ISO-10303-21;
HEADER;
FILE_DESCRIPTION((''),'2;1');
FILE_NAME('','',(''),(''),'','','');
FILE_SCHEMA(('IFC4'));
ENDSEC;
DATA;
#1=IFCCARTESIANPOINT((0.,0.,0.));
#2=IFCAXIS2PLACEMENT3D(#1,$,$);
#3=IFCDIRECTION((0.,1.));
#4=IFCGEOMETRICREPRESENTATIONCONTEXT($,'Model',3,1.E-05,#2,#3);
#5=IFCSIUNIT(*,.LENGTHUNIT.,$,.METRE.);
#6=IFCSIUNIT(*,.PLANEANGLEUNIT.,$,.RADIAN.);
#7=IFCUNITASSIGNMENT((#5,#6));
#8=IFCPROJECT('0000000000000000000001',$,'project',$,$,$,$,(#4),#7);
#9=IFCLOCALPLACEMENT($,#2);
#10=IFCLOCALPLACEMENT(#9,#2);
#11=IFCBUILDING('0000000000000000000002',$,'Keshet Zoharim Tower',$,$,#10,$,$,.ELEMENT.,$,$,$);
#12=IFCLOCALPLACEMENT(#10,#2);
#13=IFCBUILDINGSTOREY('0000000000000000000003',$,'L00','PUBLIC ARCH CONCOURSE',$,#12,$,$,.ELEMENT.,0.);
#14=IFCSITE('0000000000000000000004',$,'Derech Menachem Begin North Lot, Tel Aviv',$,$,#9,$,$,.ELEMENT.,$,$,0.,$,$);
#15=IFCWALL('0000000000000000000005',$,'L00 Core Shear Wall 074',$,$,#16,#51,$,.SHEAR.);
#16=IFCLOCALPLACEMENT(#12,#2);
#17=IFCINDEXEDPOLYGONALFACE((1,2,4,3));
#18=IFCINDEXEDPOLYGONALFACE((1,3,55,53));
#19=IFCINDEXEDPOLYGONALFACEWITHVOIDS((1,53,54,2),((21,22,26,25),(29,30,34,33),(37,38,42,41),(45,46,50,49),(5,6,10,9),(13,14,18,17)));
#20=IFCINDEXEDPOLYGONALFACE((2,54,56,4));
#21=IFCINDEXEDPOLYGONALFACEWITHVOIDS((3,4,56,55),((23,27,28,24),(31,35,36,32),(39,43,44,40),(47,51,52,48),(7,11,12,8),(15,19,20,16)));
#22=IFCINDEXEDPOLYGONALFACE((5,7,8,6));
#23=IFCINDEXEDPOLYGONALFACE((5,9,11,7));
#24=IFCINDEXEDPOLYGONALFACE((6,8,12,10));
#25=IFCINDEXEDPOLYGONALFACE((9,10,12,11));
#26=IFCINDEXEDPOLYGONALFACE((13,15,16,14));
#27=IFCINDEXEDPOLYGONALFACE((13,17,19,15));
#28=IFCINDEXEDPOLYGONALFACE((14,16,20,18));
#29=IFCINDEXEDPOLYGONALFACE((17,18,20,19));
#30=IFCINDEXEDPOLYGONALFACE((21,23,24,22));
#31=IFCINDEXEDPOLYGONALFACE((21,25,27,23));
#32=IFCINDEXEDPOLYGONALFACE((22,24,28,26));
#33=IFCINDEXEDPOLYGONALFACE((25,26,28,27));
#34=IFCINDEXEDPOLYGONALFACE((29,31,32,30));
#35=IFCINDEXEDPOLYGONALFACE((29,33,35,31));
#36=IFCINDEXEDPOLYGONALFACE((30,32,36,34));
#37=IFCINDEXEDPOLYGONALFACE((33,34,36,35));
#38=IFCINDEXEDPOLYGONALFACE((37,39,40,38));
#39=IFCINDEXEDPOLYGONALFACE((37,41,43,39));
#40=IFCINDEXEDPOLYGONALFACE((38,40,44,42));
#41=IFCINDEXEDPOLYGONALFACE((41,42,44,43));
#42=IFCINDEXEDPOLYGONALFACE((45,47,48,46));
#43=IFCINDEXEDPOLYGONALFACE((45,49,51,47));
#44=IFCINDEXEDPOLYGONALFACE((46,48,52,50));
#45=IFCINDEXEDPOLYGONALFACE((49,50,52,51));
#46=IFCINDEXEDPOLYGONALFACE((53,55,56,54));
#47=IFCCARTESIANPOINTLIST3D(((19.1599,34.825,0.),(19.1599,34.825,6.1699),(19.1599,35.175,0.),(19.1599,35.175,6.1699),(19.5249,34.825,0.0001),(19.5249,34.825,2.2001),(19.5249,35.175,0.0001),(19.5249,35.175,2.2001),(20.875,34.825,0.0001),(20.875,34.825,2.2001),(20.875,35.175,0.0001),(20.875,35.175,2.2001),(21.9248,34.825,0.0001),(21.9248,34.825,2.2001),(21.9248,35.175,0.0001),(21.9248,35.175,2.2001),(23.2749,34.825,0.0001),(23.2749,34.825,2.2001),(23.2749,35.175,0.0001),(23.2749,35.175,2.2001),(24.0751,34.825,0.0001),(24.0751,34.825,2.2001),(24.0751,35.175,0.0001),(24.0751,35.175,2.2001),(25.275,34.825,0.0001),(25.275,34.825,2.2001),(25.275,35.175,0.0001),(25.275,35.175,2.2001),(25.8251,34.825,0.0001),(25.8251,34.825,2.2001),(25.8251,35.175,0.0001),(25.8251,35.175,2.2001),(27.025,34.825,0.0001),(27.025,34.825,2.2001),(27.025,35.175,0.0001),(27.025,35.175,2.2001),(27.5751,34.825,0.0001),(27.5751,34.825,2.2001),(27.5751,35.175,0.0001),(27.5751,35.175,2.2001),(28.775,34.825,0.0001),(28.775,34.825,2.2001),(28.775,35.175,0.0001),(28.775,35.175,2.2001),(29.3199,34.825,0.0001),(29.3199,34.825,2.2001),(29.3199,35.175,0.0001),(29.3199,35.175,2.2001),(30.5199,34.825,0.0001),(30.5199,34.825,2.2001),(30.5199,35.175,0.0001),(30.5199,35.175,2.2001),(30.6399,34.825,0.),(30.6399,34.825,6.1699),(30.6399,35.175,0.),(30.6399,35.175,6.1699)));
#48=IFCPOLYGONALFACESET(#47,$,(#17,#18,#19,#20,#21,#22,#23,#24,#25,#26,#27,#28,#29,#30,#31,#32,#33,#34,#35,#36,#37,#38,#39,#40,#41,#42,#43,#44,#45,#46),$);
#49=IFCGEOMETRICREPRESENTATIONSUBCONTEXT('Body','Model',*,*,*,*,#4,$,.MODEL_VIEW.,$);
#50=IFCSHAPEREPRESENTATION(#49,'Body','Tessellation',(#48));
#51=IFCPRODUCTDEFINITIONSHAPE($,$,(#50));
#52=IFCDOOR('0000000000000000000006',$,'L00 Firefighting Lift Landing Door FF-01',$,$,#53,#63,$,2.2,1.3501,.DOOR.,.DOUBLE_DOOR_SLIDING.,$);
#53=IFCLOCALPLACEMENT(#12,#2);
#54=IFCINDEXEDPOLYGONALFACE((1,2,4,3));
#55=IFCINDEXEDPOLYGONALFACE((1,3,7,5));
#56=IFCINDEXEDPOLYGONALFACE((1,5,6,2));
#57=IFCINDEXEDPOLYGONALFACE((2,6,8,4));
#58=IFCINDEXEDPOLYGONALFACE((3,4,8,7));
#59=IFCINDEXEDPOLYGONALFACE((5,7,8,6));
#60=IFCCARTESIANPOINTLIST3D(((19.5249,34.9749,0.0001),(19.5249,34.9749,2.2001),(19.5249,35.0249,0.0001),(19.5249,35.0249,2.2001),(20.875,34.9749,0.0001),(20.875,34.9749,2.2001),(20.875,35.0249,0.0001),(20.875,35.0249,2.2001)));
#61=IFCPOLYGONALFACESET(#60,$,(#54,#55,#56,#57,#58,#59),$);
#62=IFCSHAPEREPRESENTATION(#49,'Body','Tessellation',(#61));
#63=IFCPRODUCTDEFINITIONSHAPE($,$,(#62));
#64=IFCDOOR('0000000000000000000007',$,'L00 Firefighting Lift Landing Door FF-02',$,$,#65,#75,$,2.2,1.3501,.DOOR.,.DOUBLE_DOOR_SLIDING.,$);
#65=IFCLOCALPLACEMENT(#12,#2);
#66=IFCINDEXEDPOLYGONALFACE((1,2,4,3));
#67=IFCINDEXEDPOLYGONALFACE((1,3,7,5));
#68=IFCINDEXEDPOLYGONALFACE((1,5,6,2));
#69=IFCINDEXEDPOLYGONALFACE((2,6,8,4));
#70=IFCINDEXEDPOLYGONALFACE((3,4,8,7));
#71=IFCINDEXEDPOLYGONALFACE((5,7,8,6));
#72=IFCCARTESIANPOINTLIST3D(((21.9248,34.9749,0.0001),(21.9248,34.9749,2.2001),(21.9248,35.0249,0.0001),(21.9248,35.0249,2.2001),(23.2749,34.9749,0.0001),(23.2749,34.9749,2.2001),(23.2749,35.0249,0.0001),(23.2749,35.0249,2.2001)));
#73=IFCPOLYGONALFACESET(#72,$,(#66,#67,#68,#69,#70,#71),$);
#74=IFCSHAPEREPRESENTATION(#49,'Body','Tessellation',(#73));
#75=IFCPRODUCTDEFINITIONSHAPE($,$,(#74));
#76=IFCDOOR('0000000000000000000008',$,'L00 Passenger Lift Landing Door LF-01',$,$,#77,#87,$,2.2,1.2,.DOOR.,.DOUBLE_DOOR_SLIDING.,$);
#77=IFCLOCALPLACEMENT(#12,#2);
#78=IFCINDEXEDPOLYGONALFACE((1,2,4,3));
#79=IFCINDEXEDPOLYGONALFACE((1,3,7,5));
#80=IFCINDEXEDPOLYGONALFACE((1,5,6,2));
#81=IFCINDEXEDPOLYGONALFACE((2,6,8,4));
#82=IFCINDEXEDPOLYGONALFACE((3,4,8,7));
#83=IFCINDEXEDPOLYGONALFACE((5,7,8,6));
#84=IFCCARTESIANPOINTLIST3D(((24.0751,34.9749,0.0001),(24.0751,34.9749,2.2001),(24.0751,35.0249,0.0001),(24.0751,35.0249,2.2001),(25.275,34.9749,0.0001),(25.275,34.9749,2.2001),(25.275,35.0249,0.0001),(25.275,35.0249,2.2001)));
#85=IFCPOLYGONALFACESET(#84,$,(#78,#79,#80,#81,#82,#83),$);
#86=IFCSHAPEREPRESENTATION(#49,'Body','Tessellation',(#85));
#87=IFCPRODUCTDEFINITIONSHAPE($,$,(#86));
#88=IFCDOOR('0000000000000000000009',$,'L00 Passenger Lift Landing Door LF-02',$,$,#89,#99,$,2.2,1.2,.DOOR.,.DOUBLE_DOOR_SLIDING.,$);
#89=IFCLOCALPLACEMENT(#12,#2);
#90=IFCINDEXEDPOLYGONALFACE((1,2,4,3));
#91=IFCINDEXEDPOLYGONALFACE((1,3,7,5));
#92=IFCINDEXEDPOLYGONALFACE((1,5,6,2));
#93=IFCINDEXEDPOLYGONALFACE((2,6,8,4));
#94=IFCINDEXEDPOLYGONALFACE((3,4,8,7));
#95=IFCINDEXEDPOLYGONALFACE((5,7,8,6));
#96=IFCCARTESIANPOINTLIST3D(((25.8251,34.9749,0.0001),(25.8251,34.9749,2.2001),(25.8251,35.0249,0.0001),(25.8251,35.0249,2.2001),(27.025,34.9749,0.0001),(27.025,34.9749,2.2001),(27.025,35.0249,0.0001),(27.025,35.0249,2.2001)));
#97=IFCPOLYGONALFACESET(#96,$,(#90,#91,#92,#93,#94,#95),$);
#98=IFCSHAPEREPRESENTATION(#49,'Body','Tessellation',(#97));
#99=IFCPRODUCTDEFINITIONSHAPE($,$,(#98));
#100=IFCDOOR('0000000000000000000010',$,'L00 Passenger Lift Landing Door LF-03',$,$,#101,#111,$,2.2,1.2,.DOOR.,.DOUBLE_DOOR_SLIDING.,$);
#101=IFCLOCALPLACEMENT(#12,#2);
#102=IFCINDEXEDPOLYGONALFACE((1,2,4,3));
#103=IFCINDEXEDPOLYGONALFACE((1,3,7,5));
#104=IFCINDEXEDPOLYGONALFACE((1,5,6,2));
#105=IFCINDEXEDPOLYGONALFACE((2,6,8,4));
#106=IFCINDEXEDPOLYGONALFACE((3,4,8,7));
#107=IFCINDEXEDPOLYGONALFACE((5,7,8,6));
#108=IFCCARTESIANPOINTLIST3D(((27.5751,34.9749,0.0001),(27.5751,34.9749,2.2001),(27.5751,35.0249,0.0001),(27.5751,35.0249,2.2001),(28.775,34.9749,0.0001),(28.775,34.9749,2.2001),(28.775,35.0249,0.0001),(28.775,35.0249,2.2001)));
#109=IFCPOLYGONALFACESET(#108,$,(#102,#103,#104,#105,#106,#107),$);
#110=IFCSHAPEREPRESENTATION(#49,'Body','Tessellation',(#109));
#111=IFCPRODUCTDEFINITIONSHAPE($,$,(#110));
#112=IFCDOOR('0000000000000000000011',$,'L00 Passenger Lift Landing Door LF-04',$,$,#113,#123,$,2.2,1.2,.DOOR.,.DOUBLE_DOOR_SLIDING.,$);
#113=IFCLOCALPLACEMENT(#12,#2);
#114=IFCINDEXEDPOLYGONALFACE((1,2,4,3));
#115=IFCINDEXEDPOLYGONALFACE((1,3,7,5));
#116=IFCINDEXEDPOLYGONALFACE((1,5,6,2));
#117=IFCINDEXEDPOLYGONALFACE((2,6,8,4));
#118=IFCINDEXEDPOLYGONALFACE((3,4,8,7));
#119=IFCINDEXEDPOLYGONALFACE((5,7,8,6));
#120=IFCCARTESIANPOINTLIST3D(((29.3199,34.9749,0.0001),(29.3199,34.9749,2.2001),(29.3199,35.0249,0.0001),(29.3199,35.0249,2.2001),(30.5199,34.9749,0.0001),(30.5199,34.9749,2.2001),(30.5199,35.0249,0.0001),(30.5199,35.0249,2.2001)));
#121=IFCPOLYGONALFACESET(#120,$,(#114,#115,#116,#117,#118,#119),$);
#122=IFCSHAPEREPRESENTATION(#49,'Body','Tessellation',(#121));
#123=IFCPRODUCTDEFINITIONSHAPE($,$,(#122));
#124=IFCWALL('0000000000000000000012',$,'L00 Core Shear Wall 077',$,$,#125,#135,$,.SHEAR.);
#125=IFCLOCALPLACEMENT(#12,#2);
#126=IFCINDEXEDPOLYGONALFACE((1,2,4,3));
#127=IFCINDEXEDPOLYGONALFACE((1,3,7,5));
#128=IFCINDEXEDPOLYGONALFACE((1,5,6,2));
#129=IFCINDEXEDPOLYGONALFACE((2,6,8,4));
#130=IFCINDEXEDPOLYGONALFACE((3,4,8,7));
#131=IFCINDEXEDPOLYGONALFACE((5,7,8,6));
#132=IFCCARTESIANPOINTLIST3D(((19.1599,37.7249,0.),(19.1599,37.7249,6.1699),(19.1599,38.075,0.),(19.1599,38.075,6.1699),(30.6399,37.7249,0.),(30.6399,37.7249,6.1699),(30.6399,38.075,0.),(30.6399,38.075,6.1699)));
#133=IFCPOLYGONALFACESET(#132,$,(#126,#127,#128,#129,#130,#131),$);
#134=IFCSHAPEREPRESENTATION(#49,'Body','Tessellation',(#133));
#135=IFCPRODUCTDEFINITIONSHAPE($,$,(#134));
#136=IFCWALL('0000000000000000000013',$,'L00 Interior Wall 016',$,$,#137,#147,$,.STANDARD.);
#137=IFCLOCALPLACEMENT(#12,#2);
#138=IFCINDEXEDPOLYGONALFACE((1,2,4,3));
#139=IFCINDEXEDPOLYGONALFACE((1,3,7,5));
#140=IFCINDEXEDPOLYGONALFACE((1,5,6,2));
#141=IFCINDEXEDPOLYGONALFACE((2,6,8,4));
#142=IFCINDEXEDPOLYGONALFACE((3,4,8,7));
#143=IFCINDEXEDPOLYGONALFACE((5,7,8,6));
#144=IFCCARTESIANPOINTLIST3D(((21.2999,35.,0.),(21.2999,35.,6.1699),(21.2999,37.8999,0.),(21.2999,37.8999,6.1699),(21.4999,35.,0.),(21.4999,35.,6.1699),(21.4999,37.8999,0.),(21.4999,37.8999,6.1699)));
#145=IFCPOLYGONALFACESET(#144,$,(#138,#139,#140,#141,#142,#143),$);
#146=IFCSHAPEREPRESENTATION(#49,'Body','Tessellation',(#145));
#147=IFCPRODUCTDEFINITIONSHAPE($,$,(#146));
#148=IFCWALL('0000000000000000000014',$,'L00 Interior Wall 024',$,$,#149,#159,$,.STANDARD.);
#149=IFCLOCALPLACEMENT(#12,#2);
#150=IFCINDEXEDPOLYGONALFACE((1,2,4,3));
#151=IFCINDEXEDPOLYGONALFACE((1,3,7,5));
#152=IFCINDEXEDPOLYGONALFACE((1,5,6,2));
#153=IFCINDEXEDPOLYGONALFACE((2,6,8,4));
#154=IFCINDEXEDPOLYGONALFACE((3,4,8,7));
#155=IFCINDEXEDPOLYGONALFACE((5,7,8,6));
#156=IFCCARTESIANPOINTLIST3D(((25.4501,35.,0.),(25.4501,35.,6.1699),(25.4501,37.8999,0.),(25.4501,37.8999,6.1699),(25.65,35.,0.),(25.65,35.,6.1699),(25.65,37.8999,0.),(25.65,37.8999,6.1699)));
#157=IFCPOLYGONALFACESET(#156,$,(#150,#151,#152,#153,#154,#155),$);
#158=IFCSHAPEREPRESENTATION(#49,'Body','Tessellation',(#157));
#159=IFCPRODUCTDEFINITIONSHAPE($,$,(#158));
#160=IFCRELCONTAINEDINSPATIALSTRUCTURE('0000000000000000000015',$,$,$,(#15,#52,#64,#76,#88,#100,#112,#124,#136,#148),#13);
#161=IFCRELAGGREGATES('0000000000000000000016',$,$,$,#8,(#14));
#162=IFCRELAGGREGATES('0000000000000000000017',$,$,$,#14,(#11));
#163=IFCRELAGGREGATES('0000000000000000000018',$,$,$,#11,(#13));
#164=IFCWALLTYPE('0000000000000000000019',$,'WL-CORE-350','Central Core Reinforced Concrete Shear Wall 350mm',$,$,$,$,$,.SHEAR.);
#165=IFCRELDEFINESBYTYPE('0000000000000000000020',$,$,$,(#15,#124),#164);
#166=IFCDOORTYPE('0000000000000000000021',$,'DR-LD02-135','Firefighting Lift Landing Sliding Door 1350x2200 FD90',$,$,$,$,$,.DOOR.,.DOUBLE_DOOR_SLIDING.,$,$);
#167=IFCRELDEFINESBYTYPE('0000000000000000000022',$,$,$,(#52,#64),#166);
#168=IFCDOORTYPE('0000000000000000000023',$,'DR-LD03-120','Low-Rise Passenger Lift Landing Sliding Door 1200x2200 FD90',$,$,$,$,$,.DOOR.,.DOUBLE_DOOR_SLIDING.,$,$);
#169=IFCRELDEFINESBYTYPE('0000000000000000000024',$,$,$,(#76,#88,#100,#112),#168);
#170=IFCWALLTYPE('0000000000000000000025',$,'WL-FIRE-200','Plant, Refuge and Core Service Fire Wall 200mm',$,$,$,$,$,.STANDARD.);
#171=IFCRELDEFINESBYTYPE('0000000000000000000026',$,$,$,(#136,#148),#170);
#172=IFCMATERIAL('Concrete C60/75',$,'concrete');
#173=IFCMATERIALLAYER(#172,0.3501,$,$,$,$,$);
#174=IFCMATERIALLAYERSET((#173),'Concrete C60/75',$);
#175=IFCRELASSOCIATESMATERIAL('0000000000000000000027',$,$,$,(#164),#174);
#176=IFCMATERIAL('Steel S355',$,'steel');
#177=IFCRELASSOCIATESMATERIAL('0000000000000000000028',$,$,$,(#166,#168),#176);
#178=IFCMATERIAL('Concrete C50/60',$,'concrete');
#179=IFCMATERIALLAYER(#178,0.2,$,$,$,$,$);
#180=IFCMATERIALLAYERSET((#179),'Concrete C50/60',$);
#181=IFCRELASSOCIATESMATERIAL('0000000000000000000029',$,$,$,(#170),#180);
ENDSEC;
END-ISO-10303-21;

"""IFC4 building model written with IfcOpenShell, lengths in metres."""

from ifc_helpers import new_model, si_unit, direction, frame, frame_2d, origin, place, context, subcontext, project, spatial, rectangle, extrude, material, layer, layer_set, type_object, element, fill, save


model = new_model("IFC4")

# Units and contexts
model_context = context("Model", 3, precision=1e-05, world=origin(), true_north=direction((0.0, 1.0)))
body_context = subcontext(model_context, "Body", "Model", "MODEL_VIEW")
ifc_project = project(units=[si_unit("LENGTHUNIT", "METRE"), si_unit("PLANEANGLEUNIT", "RADIAN")], contexts=[model_context])

# Site, building, storey
site_placement = place(None, origin())
site = spatial("IfcSite", under=ifc_project, at=site_placement, Name="Derech Menachem Begin North Lot, Tel Aviv", CompositionType="ELEMENT", RefElevation=0.0)
building_placement = place(site_placement, origin())
building = spatial("IfcBuilding", under=site, at=building_placement, Name="Keshet Zoharim Tower", CompositionType="ELEMENT")
storey_placement = place(building_placement, origin())
storey = spatial("IfcBuildingStorey", under=building, at=storey_placement, Name="L00", Description="PUBLIC ARCH CONCOURSE", CompositionType="ELEMENT", Elevation=0.0)

# Shared definitions
ifc_material_1 = material(Name="Concrete C60/75", Category="concrete")

# Shared definitions
ifc_material_2 = material(Name="Steel S355", Category="steel")

# Shared definitions
ifc_layer_1 = layer(ifc_material_1, 0.3501)
ifc_layer_set_1 = layer_set([ifc_layer_1], Name="Concrete C60/75")
wall_type_1 = type_object("IfcWallType", Name="WL-CORE-350", Description="Central Core Reinforced Concrete Shear Wall 350mm", PredefinedType="SHEAR", material=ifc_layer_set_1)

# Wall, openings, doors
wall_1_placement = place(storey_placement, frame((19.1599, 35.0, 0.0), z_axis=(0.0, 0.0, 1.0), x_axis=(1.0, 0.0, 0.0)))
wall_1 = element("IfcWall", 1, at=wall_1_placement, inside=storey, type_object=wall_type_1, Name="L00 Core Shear Wall 074", PredefinedType="SHEAR", context=body_context, shape_type="SweptSolid", body=[
    extrude(rectangle(XDim=11.48, YDim=0.3501, at=frame_2d((5.74, 0.0))), origin(), (0.0, 0.0, 1.0), 6.1699),
])
opening_1_placement = place(wall_1_placement, frame((0.365, 0.0, 0.0)))
opening_1 = element("IfcOpeningElement", 2, at=opening_1_placement, cuts=wall_1, PredefinedType="OPENING", context=body_context, shape_type="SweptSolid", body=[
    extrude(rectangle(XDim=1.3501, YDim=2.2, at=frame_2d((0.675, 1.1001))), frame((0.0, 0.1851, 0.0), z_axis=(0.0, -1.0, 0.0), x_axis=(1.0, 0.0, 0.0)), (0.0, 0.0, 1.0), 0.3701),
])
opening_2_placement = place(wall_1_placement, frame((2.7649, 0.0, 0.0)))
opening_2 = element("IfcOpeningElement", 3, at=opening_2_placement, cuts=wall_1, PredefinedType="OPENING", context=body_context, shape_type="SweptSolid", body=[
    extrude(rectangle(XDim=1.3501, YDim=2.2, at=frame_2d((0.675, 1.1001))), frame((0.0, 0.1851, 0.0), z_axis=(0.0, -1.0, 0.0), x_axis=(1.0, 0.0, 0.0)), (0.0, 0.0, 1.0), 0.3701),
])
opening_3_placement = place(wall_1_placement, frame((4.915, 0.0, 0.0)))
opening_3 = element("IfcOpeningElement", 4, at=opening_3_placement, cuts=wall_1, PredefinedType="OPENING", context=body_context, shape_type="SweptSolid", body=[
    extrude(rectangle(XDim=1.2, YDim=2.2, at=frame_2d((0.6001, 1.1001))), frame((0.0, 0.1851, 0.0), z_axis=(0.0, -1.0, 0.0), x_axis=(1.0, 0.0, 0.0)), (0.0, 0.0, 1.0), 0.3701),
])
opening_4_placement = place(wall_1_placement, frame((6.665, 0.0, 0.0)))
opening_4 = element("IfcOpeningElement", 5, at=opening_4_placement, cuts=wall_1, PredefinedType="OPENING", context=body_context, shape_type="SweptSolid", body=[
    extrude(rectangle(XDim=1.2, YDim=2.2, at=frame_2d((0.6001, 1.1001))), frame((0.0, 0.1851, 0.0), z_axis=(0.0, -1.0, 0.0), x_axis=(1.0, 0.0, 0.0)), (0.0, 0.0, 1.0), 0.3701),
])
opening_5_placement = place(wall_1_placement, frame((8.415, 0.0, 0.0)))
opening_5 = element("IfcOpeningElement", 6, at=opening_5_placement, cuts=wall_1, PredefinedType="OPENING", context=body_context, shape_type="SweptSolid", body=[
    extrude(rectangle(XDim=1.2, YDim=2.2, at=frame_2d((0.6001, 1.1001))), frame((0.0, 0.1851, 0.0), z_axis=(0.0, -1.0, 0.0), x_axis=(1.0, 0.0, 0.0)), (0.0, 0.0, 1.0), 0.3701),
])
opening_6_placement = place(wall_1_placement, frame((10.1599, 0.0, 0.0)))
opening_6 = element("IfcOpeningElement", 7, at=opening_6_placement, cuts=wall_1, PredefinedType="OPENING", context=body_context, shape_type="SweptSolid", body=[
    extrude(rectangle(XDim=1.2, YDim=2.2, at=frame_2d((0.6001, 1.1001))), frame((0.0, 0.1851, 0.0), z_axis=(0.0, -1.0, 0.0), x_axis=(1.0, 0.0, 0.0)), (0.0, 0.0, 1.0), 0.3701),
])
door_type_1 = type_object("IfcDoorType", Name="DR-LD02-135", Description="Firefighting Lift Landing Sliding Door 1350x2200 FD90", OperationType="DOUBLE_DOOR_SLIDING", PredefinedType="DOOR", material=ifc_material_2)
door_1_placement = place(opening_1_placement, origin())
door_1 = element("IfcDoor", 8, at=door_1_placement, inside=storey, type_object=door_type_1, Name="L00 Firefighting Lift Landing Door FF-01", OperationType="DOUBLE_DOOR_SLIDING", OverallHeight=2.2, OverallWidth=1.3501, PredefinedType="DOOR", context=body_context, shape_type="SweptSolid", body=[
    extrude(rectangle(XDim=1.3501, YDim=2.2, at=frame_2d((0.675, 1.1001))), frame((0.0, 0.0249, 0.0), z_axis=(0.0, -1.0, 0.0), x_axis=(1.0, 0.0, 0.0)), (0.0, 0.0, 1.0), 0.05),
])
fill(opening_1, door_1)
door_2_placement = place(opening_2_placement, origin())
door_2 = element("IfcDoor", 9, at=door_2_placement, inside=storey, type_object=door_type_1, Name="L00 Firefighting Lift Landing Door FF-02", OperationType="DOUBLE_DOOR_SLIDING", OverallHeight=2.2, OverallWidth=1.3501, PredefinedType="DOOR", context=body_context, shape_type="SweptSolid", body=[
    extrude(rectangle(XDim=1.3501, YDim=2.2, at=frame_2d((0.675, 1.1001))), frame((0.0, 0.0249, 0.0), z_axis=(0.0, -1.0, 0.0), x_axis=(1.0, 0.0, 0.0)), (0.0, 0.0, 1.0), 0.05),
])
fill(opening_2, door_2)
door_type_2 = type_object("IfcDoorType", Name="DR-LD03-120", Description="Low-Rise Passenger Lift Landing Sliding Door 1200x2200 FD90", OperationType="DOUBLE_DOOR_SLIDING", PredefinedType="DOOR", material=ifc_material_2)
door_3_placement = place(opening_3_placement, origin())
door_3 = element("IfcDoor", 10, at=door_3_placement, inside=storey, type_object=door_type_2, Name="L00 Passenger Lift Landing Door LF-01", OperationType="DOUBLE_DOOR_SLIDING", OverallHeight=2.2, OverallWidth=1.2, PredefinedType="DOOR", context=body_context, shape_type="SweptSolid", body=[
    extrude(rectangle(XDim=1.2, YDim=2.2, at=frame_2d((0.6001, 1.1001))), frame((0.0, 0.0249, 0.0), z_axis=(0.0, -1.0, 0.0), x_axis=(1.0, 0.0, 0.0)), (0.0, 0.0, 1.0), 0.05),
])
fill(opening_3, door_3)
door_4_placement = place(opening_4_placement, origin())
door_4 = element("IfcDoor", 11, at=door_4_placement, inside=storey, type_object=door_type_2, Name="L00 Passenger Lift Landing Door LF-02", OperationType="DOUBLE_DOOR_SLIDING", OverallHeight=2.2, OverallWidth=1.2, PredefinedType="DOOR", context=body_context, shape_type="SweptSolid", body=[
    extrude(rectangle(XDim=1.2, YDim=2.2, at=frame_2d((0.6001, 1.1001))), frame((0.0, 0.0249, 0.0), z_axis=(0.0, -1.0, 0.0), x_axis=(1.0, 0.0, 0.0)), (0.0, 0.0, 1.0), 0.05),
])
fill(opening_4, door_4)
door_5_placement = place(opening_5_placement, origin())
door_5 = element("IfcDoor", 12, at=door_5_placement, inside=storey, type_object=door_type_2, Name="L00 Passenger Lift Landing Door LF-03", OperationType="DOUBLE_DOOR_SLIDING", OverallHeight=2.2, OverallWidth=1.2, PredefinedType="DOOR", context=body_context, shape_type="SweptSolid", body=[
    extrude(rectangle(XDim=1.2, YDim=2.2, at=frame_2d((0.6001, 1.1001))), frame((0.0, 0.0249, 0.0), z_axis=(0.0, -1.0, 0.0), x_axis=(1.0, 0.0, 0.0)), (0.0, 0.0, 1.0), 0.05),
])
fill(opening_5, door_5)
door_6_placement = place(opening_6_placement, origin())
door_6 = element("IfcDoor", 13, at=door_6_placement, inside=storey, type_object=door_type_2, Name="L00 Passenger Lift Landing Door LF-04", OperationType="DOUBLE_DOOR_SLIDING", OverallHeight=2.2, OverallWidth=1.2, PredefinedType="DOOR", context=body_context, shape_type="SweptSolid", body=[
    extrude(rectangle(XDim=1.2, YDim=2.2, at=frame_2d((0.6001, 1.1001))), frame((0.0, 0.0249, 0.0), z_axis=(0.0, -1.0, 0.0), x_axis=(1.0, 0.0, 0.0)), (0.0, 0.0, 1.0), 0.05),
])
fill(opening_6, door_6)

# Walls
wall_2_placement = place(storey_placement, frame((19.1599, 37.8999, 0.0), z_axis=(0.0, 0.0, 1.0), x_axis=(1.0, 0.0, 0.0)))
element("IfcWall", 14, at=wall_2_placement, inside=storey, type_object=wall_type_1, Name="L00 Core Shear Wall 077", PredefinedType="SHEAR", context=body_context, shape_type="SweptSolid", body=[
    extrude(rectangle(XDim=11.48, YDim=0.3501, at=frame_2d((5.74, 0.0))), origin(), (0.0, 0.0, 1.0), 6.1699),
])
ifc_material_3 = material(Name="Concrete C50/60", Category="concrete")
ifc_layer_2 = layer(ifc_material_3, 0.2)
ifc_layer_set_2 = layer_set([ifc_layer_2], Name="Concrete C50/60")
wall_type_2 = type_object("IfcWallType", Name="WL-FIRE-200", Description="Plant, Refuge and Core Service Fire Wall 200mm", PredefinedType="STANDARD", material=ifc_layer_set_2)
for number, where, z_axis, x_axis, name in (
    (15, (21.3999, 35.0, 0.0), (0.0, 0.0, 1.0), (0.0, 1.0, 0.0), "L00 Interior Wall 016"),
    (16, (25.55, 35.0, 0.0), (0.0, 0.0, 1.0), (0.0, 1.0, 0.0), "L00 Interior Wall 024"),
):
    element("IfcWall", number, at=place(storey_placement, frame(where, z_axis=z_axis, x_axis=x_axis)), inside=storey, type_object=wall_type_2, Name=name, PredefinedType="STANDARD", context=body_context, shape_type="SweptSolid", body=[
        extrude(rectangle(XDim=2.8999, YDim=0.2, at=frame_2d((1.45, 0.0))), origin(), (0.0, 0.0, 1.0), 6.1699),
    ])

save(model, "model.ifc")
